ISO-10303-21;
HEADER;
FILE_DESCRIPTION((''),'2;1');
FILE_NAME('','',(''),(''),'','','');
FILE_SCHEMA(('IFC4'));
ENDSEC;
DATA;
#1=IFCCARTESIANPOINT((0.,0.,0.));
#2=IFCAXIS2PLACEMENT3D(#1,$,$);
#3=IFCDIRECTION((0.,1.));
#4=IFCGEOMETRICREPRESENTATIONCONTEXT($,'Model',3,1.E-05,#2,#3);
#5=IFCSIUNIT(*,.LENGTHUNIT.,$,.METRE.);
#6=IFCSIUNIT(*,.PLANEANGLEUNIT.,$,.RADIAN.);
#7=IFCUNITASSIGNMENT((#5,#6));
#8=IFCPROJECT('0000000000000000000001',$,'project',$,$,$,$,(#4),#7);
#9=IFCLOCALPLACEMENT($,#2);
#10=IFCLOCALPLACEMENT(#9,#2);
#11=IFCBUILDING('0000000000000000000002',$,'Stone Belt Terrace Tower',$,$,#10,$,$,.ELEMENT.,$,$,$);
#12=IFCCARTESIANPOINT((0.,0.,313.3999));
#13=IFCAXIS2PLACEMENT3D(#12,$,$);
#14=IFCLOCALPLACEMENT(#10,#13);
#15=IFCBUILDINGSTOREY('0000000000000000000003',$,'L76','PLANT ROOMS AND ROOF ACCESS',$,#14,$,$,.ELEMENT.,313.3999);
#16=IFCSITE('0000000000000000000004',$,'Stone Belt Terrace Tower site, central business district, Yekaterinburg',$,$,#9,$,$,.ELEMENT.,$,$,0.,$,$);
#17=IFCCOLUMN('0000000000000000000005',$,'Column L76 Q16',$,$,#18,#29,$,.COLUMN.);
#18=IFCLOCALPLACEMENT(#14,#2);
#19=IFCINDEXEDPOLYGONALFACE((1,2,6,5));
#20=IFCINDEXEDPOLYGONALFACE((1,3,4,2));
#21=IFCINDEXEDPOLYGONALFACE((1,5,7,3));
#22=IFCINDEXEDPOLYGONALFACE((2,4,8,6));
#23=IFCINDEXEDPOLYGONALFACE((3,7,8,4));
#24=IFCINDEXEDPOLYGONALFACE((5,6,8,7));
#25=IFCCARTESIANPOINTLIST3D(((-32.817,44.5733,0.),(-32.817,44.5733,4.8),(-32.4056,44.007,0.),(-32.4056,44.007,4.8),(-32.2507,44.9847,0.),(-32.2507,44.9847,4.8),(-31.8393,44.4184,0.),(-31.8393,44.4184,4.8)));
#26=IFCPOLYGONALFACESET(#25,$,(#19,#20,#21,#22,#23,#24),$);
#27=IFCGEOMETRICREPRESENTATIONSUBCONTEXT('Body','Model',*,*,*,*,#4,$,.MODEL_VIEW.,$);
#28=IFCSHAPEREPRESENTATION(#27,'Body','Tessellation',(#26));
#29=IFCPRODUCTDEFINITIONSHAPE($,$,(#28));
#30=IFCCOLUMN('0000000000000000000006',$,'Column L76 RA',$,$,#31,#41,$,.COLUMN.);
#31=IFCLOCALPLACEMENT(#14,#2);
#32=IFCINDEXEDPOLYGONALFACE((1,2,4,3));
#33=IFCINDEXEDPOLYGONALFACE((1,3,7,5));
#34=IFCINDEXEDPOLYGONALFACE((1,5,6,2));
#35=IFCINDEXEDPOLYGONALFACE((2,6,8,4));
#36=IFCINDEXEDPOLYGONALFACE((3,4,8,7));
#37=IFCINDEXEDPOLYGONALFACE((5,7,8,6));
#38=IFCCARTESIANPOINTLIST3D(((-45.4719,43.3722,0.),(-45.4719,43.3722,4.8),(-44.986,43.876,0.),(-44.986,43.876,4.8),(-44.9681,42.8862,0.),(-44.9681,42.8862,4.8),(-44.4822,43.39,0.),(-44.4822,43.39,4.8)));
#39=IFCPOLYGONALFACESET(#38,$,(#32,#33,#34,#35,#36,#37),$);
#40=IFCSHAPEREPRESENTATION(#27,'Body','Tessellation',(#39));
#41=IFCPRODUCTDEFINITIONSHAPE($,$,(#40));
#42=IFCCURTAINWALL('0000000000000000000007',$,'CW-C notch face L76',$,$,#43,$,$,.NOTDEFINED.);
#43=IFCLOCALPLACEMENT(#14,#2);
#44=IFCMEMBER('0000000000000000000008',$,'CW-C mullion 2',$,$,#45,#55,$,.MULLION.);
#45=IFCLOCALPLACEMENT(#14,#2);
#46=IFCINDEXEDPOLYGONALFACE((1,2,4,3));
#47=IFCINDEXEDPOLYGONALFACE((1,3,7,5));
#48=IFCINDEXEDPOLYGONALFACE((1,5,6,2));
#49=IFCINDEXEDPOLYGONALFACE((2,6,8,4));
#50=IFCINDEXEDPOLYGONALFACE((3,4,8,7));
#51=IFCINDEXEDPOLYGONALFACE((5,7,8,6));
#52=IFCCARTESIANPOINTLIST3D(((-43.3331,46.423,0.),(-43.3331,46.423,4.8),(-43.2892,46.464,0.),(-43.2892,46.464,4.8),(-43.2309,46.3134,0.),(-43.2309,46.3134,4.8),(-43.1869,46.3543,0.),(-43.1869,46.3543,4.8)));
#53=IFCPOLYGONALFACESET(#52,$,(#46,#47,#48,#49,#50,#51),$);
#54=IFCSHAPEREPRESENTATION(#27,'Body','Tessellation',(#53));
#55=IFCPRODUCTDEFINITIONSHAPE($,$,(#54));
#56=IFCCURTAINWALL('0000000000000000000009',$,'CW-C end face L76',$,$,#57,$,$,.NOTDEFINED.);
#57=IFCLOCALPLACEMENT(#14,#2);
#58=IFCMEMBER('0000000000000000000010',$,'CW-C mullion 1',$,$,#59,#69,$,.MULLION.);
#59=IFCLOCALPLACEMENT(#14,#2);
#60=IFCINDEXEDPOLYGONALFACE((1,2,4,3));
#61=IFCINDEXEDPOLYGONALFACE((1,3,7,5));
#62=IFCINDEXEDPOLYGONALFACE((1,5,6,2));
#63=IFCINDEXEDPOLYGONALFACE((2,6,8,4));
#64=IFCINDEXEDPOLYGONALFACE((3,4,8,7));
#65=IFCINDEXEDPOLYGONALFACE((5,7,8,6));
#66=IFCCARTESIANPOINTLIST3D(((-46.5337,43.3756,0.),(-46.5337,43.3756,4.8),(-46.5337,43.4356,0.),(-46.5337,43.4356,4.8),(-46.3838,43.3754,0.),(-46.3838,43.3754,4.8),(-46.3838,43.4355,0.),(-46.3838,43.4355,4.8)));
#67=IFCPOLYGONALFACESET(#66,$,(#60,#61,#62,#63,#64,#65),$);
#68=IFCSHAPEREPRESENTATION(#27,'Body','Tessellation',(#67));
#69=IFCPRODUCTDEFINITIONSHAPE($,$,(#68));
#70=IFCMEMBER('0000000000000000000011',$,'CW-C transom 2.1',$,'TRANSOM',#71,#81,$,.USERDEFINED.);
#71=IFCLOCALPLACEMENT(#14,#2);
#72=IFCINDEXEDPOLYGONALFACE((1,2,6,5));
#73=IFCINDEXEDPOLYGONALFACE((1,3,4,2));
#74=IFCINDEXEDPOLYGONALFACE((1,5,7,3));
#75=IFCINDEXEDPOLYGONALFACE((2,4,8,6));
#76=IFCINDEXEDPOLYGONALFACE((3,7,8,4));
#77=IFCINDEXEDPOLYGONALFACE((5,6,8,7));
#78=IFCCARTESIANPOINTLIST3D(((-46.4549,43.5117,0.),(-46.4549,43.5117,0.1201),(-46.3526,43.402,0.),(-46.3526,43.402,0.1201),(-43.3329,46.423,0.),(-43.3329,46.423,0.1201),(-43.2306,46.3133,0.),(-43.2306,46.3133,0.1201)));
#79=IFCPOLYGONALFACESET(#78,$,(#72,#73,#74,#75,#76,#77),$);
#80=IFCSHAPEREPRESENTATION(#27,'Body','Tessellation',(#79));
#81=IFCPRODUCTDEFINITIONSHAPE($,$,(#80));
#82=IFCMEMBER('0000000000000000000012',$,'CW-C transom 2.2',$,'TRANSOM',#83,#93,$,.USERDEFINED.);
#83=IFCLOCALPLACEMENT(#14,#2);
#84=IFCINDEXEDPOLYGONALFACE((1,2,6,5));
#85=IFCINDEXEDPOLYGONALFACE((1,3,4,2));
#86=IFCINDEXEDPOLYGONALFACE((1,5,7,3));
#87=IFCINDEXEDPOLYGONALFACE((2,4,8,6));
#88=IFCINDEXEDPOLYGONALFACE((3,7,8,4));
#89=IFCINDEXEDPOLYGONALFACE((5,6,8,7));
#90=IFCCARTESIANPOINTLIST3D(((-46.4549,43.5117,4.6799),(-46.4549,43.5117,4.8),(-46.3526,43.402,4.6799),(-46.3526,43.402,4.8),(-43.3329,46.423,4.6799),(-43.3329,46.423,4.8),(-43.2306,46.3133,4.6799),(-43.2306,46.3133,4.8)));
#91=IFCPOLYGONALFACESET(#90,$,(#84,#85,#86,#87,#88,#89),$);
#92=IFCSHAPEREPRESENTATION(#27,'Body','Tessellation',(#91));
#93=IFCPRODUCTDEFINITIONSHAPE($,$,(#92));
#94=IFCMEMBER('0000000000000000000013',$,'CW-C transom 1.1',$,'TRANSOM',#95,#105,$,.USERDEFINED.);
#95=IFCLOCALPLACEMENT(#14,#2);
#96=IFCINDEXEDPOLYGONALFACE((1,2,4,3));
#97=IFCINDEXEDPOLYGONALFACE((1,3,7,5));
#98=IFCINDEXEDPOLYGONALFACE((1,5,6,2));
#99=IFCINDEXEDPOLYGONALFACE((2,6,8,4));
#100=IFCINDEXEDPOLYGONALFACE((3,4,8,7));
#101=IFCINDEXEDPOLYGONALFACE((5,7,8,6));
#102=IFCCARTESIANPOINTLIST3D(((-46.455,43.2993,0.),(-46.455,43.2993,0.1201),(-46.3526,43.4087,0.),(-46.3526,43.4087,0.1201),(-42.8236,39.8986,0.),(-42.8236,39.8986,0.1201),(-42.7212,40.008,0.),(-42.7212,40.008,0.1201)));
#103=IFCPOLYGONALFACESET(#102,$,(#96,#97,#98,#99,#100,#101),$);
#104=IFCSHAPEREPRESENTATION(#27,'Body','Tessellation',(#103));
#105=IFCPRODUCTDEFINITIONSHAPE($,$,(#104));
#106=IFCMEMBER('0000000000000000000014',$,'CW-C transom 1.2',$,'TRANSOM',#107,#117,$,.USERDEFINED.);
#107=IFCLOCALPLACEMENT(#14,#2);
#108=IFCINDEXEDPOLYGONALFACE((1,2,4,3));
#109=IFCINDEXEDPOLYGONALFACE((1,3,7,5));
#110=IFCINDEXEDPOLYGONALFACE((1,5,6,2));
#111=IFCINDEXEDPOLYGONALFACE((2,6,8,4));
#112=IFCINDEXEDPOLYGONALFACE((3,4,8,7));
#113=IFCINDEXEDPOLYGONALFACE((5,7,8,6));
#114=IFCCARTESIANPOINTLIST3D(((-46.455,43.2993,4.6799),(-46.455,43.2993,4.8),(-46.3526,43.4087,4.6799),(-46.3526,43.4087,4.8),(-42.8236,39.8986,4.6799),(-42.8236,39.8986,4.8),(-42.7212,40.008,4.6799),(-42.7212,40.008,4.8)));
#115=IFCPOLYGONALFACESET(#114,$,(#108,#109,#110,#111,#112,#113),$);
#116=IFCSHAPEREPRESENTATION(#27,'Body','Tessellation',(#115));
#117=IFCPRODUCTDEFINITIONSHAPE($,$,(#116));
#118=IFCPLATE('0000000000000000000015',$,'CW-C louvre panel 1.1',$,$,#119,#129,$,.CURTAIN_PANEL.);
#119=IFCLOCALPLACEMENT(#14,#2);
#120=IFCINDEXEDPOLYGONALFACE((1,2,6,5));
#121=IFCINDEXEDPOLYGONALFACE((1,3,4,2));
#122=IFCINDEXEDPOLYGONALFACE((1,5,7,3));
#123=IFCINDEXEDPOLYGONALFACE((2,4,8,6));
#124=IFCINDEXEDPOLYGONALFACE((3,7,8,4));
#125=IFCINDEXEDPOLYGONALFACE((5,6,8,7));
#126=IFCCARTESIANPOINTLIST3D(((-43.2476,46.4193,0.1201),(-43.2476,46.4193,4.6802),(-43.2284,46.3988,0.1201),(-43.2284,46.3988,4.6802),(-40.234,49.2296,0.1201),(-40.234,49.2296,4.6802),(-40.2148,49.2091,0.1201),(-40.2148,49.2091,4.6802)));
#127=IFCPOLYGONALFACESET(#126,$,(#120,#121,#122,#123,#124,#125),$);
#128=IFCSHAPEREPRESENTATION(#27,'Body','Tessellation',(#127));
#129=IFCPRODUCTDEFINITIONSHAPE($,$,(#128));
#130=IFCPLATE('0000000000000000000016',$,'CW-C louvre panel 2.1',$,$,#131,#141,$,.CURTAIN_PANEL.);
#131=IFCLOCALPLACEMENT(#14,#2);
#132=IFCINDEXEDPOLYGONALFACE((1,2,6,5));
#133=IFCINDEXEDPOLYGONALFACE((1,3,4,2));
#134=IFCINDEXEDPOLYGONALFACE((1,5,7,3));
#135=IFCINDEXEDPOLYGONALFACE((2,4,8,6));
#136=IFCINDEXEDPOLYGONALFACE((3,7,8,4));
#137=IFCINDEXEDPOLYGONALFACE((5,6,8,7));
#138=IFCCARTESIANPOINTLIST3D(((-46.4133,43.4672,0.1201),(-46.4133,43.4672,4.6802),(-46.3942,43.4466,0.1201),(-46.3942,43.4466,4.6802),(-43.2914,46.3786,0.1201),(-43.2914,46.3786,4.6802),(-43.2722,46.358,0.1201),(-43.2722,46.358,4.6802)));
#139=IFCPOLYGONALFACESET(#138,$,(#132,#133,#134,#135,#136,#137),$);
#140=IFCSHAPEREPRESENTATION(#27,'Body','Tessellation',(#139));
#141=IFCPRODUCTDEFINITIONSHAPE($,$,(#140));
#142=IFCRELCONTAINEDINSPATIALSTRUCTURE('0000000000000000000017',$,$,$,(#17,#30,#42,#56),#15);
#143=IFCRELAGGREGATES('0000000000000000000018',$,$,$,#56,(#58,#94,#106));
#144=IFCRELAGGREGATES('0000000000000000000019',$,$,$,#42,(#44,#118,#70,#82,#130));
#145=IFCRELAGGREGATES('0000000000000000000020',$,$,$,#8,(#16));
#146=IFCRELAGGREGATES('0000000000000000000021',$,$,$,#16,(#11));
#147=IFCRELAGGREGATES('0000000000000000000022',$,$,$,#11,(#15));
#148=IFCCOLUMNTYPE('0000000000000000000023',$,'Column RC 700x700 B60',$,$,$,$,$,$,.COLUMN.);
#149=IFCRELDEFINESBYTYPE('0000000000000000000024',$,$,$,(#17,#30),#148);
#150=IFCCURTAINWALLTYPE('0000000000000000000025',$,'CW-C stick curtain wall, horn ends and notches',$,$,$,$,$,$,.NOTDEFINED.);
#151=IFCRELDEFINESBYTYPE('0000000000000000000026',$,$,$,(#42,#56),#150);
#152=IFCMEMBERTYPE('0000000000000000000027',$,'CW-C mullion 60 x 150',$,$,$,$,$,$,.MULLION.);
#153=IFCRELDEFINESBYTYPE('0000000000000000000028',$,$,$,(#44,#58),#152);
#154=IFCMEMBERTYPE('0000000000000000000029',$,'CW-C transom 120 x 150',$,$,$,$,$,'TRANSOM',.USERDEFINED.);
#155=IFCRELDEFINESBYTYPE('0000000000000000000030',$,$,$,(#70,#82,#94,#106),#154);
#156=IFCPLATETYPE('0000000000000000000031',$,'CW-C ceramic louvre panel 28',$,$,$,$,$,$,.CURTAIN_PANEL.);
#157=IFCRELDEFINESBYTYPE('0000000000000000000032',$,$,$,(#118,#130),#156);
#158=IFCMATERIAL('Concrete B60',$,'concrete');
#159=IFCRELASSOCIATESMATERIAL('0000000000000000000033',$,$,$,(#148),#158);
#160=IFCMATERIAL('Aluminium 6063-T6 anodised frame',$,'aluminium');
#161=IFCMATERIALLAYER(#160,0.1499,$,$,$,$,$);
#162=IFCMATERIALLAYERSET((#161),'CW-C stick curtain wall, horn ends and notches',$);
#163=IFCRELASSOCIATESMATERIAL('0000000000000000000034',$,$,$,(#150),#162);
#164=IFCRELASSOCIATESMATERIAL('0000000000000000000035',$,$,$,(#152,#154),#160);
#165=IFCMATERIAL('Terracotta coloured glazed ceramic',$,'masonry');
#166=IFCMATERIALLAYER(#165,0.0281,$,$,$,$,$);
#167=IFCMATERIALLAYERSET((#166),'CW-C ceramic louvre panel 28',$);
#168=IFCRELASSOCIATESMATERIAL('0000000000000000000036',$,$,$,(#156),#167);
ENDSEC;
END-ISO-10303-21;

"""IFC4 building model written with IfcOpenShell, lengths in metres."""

from ifc_helpers import new_model, si_unit, direction, frame, origin, origin_2d, place, context, subcontext, project, spatial, rectangle, extrude, material, layer, layer_set, material_profile, profile_set, type_object, element, aggregate, save


model = new_model("IFC4")

# Units and contexts
model_context = context("Model", 3, precision=1e-05, world=origin(), true_north=direction((0.0, 1.0)))
body_context = subcontext(model_context, "Body", "Model", "MODEL_VIEW")
ifc_project = project(units=[si_unit("LENGTHUNIT", "METRE"), si_unit("PLANEANGLEUNIT", "RADIAN")], contexts=[model_context])

# Site, building, storey
site_placement = place(None, origin())
site = spatial("IfcSite", under=ifc_project, at=site_placement, Name="Stone Belt Terrace Tower site, central business district, Yekaterinburg", CompositionType="ELEMENT", RefElevation=0.0)
building_placement = place(site_placement, origin())
building = spatial("IfcBuilding", under=site, at=building_placement, Name="Stone Belt Terrace Tower", CompositionType="ELEMENT")
storey_placement = place(building_placement, frame((0.0, 0.0, 313.3999)))
storey = spatial("IfcBuildingStorey", under=building, at=storey_placement, Name="L76", Description="PLANT ROOMS AND ROOF ACCESS", CompositionType="ELEMENT", Elevation=313.3999)

# Columns
ifc_material_1 = material(Name="Concrete B60", Category="concrete")
ifc_material_profile_1 = material_profile(ifc_material_1, rectangle(XDim=0.7, YDim=0.7, at=origin_2d()), Name="RC 700x700")
ifc_profile_set_1 = profile_set([ifc_material_profile_1], Name="Concrete B60")
column_type = type_object("IfcColumnType", Name="Column RC 700x700 B60", PredefinedType="COLUMN", material=ifc_profile_set_1)
for number, where, z_axis, x_axis, name in (
    (1, (-32.3281, 44.4958, 0.0), (0.0, 0.0, 1.0), (0.809017, 0.587785, 0.0), "Column L76 Q16"),
    (2, (-44.9771, 43.3811, 0.0), (0.0, 0.0, 1.0), (0.694221, 0.719762, 0.0), "Column L76 RA"),
):
    element("IfcColumn", number, at=place(storey_placement, frame(where, z_axis=z_axis, x_axis=x_axis)), inside=storey, type_object=column_type, Name=name, PredefinedType="COLUMN", context=body_context, shape_type="SweptSolid", body=[
        extrude(rectangle(XDim=0.7, YDim=0.7, at=origin_2d()), origin(), (0.0, 0.0, 1.0), 4.8),
    ])

# Curtain walls, members
ifc_material_2 = material(Name="Aluminium 6063-T6 anodised frame", Category="aluminium")
ifc_layer_1 = layer(ifc_material_2, 0.1499)
ifc_layer_set_1 = layer_set([ifc_layer_1], Name="CW-C stick curtain wall, horn ends and notches")
curtain_wall_type = type_object("IfcCurtainWallType", Name="CW-C stick curtain wall, horn ends and notches", PredefinedType="NOTDEFINED", material=ifc_layer_set_1)
curtain_wall_1_placement = place(storey_placement, origin())
curtain_wall_1 = element("IfcCurtainWall", 3, at=curtain_wall_1_placement, inside=storey, type_object=curtain_wall_type, Name="CW-C notch face L76", PredefinedType="NOTDEFINED")
ifc_material_profile_2 = material_profile(ifc_material_2, rectangle(XDim=0.1499, YDim=0.0601, at=origin_2d()), Name="Aluminium 6063-T6 60x150")
ifc_profile_set_2 = profile_set([ifc_material_profile_2], Name="Aluminium 6063-T6 anodised frame")
member_type_1 = type_object("IfcMemberType", Name="CW-C mullion 60 x 150", PredefinedType="MULLION", material=ifc_profile_set_2)
member_1_placement = place(storey_placement, frame((-43.26, 46.3887, 0.0), z_axis=(0.0, 0.0, 1.0), x_axis=(0.682014, -0.731339, 0.0)))
member_1 = element("IfcMember", 4, at=member_1_placement, type_object=member_type_1, Name="CW-C mullion 2", PredefinedType="MULLION", context=body_context, shape_type="SweptSolid", body=[
    extrude(rectangle(XDim=0.1499, YDim=0.0601, at=origin_2d()), origin(), (0.0, 0.0, 1.0), 4.8),
])
curtain_wall_2_placement = place(storey_placement, origin())
curtain_wall_2 = element("IfcCurtainWall", 5, at=curtain_wall_2_placement, inside=storey, type_object=curtain_wall_type, Name="CW-C end face L76", PredefinedType="NOTDEFINED")
member_2_placement = place(storey_placement, frame((-46.4587, 43.4055, 0.0), z_axis=(0.0, 0.0, 1.0), x_axis=(0.999999, -0.001051, 0.0)))
member_2 = element("IfcMember", 6, at=member_2_placement, type_object=member_type_1, Name="CW-C mullion 1", PredefinedType="MULLION", context=body_context, shape_type="SweptSolid", body=[
    extrude(rectangle(XDim=0.1499, YDim=0.0601, at=origin_2d()), origin(), (0.0, 0.0, 1.0), 4.8),
])

# Members
ifc_material_profile_3 = material_profile(ifc_material_2, rectangle(XDim=0.1499, YDim=0.1201, at=origin_2d()), Name="Aluminium 6063-T6 150x120")
ifc_profile_set_3 = profile_set([ifc_material_profile_3], Name="Aluminium 6063-T6 anodised frame")
member_type_2 = type_object("IfcMemberType", Name="CW-C transom 120 x 150", ElementType="TRANSOM", PredefinedType="USERDEFINED", material=ifc_profile_set_3)
member_3_placement = place(storey_placement, frame((-43.2817, 46.3682, 0.0601), z_axis=(-0.731354, -0.681998, 0.0), x_axis=(0.681998, -0.731354, 0.0)))
member_3 = element("IfcMember", 7, at=member_3_placement, type_object=member_type_2, Name="CW-C transom 2.1", ObjectType="TRANSOM", PredefinedType="USERDEFINED", context=body_context, shape_type="SweptSolid", body=[
    extrude(rectangle(XDim=0.1499, YDim=0.1201, at=origin_2d()), origin(), (0.0, 0.0, 1.0), 4.2688),
])
member_4_placement = place(storey_placement, frame((-43.2817, 46.3682, 4.74), z_axis=(-0.731354, -0.681998, 0.0), x_axis=(0.681998, -0.731354, 0.0)))
member_4 = element("IfcMember", 8, at=member_4_placement, type_object=member_type_2, Name="CW-C transom 2.2", ObjectType="TRANSOM", PredefinedType="USERDEFINED", context=body_context, shape_type="SweptSolid", body=[
    extrude(rectangle(XDim=0.1499, YDim=0.1201, at=origin_2d()), origin(), (0.0, 0.0, 1.0), 4.2688),
])
member_5_placement = place(storey_placement, frame((-46.4038, 43.354, 0.0601), z_axis=(0.729914, -0.683539, 0.0), x_axis=(0.683539, 0.729914, 0.0)))
member_5 = element("IfcMember", 9, at=member_5_placement, type_object=member_type_2, Name="CW-C transom 1.1", ObjectType="TRANSOM", PredefinedType="USERDEFINED", context=body_context, shape_type="SweptSolid", body=[
    extrude(rectangle(XDim=0.1499, YDim=0.1201, at=origin_2d()), origin(), (0.0, 0.0, 1.0), 4.9751),
])
member_6_placement = place(storey_placement, frame((-46.4038, 43.354, 4.74), z_axis=(0.729914, -0.683539, 0.0), x_axis=(0.683539, 0.729914, 0.0)))
member_6 = element("IfcMember", 10, at=member_6_placement, type_object=member_type_2, Name="CW-C transom 1.2", ObjectType="TRANSOM", PredefinedType="USERDEFINED", context=body_context, shape_type="SweptSolid", body=[
    extrude(rectangle(XDim=0.1499, YDim=0.1201, at=origin_2d()), origin(), (0.0, 0.0, 1.0), 4.9751),
])
aggregate(curtain_wall_2, [member_2, member_5, member_6])

# Plates
ifc_material_3 = material(Name="Terracotta coloured glazed ceramic", Category="masonry")
ifc_layer_2 = layer(ifc_material_3, 0.0281)
ifc_layer_set_2 = layer_set([ifc_layer_2], Name="CW-C ceramic louvre panel 28")
plate_type = type_object("IfcPlateType", Name="CW-C ceramic louvre panel 28", PredefinedType="CURTAIN_PANEL", material=ifc_layer_set_2)
plate_1_placement = place(storey_placement, frame((-41.7312, 47.8142, 0.1201), z_axis=(0.0, 0.0, 1.0), x_axis=(-0.731339, -0.682014, 0.0)))
plate_1 = element("IfcPlate", 11, at=plate_1_placement, type_object=plate_type, Name="CW-C louvre panel 1.1", PredefinedType="CURTAIN_PANEL", context=body_context, shape_type="SweptSolid", body=[
    extrude(rectangle(XDim=4.1206, YDim=0.0281, at=origin_2d()), origin(), (0.0, 0.0, 1.0), 4.5601),
])
plate_2_placement = place(storey_placement, frame((-44.8428, 44.9126, 0.1201), z_axis=(0.0, 0.0, 1.0), x_axis=(-0.731339, -0.682014, 0.0)))
plate_2 = element("IfcPlate", 12, at=plate_2_placement, type_object=plate_type, Name="CW-C louvre panel 2.1", PredefinedType="CURTAIN_PANEL", context=body_context, shape_type="SweptSolid", body=[
    extrude(rectangle(XDim=4.2688, YDim=0.0281, at=origin_2d()), origin(), (0.0, 0.0, 1.0), 4.5601),
])
aggregate(curtain_wall_1, [member_1, plate_1, member_3, member_4, plate_2])

save(model, "model.ifc")
